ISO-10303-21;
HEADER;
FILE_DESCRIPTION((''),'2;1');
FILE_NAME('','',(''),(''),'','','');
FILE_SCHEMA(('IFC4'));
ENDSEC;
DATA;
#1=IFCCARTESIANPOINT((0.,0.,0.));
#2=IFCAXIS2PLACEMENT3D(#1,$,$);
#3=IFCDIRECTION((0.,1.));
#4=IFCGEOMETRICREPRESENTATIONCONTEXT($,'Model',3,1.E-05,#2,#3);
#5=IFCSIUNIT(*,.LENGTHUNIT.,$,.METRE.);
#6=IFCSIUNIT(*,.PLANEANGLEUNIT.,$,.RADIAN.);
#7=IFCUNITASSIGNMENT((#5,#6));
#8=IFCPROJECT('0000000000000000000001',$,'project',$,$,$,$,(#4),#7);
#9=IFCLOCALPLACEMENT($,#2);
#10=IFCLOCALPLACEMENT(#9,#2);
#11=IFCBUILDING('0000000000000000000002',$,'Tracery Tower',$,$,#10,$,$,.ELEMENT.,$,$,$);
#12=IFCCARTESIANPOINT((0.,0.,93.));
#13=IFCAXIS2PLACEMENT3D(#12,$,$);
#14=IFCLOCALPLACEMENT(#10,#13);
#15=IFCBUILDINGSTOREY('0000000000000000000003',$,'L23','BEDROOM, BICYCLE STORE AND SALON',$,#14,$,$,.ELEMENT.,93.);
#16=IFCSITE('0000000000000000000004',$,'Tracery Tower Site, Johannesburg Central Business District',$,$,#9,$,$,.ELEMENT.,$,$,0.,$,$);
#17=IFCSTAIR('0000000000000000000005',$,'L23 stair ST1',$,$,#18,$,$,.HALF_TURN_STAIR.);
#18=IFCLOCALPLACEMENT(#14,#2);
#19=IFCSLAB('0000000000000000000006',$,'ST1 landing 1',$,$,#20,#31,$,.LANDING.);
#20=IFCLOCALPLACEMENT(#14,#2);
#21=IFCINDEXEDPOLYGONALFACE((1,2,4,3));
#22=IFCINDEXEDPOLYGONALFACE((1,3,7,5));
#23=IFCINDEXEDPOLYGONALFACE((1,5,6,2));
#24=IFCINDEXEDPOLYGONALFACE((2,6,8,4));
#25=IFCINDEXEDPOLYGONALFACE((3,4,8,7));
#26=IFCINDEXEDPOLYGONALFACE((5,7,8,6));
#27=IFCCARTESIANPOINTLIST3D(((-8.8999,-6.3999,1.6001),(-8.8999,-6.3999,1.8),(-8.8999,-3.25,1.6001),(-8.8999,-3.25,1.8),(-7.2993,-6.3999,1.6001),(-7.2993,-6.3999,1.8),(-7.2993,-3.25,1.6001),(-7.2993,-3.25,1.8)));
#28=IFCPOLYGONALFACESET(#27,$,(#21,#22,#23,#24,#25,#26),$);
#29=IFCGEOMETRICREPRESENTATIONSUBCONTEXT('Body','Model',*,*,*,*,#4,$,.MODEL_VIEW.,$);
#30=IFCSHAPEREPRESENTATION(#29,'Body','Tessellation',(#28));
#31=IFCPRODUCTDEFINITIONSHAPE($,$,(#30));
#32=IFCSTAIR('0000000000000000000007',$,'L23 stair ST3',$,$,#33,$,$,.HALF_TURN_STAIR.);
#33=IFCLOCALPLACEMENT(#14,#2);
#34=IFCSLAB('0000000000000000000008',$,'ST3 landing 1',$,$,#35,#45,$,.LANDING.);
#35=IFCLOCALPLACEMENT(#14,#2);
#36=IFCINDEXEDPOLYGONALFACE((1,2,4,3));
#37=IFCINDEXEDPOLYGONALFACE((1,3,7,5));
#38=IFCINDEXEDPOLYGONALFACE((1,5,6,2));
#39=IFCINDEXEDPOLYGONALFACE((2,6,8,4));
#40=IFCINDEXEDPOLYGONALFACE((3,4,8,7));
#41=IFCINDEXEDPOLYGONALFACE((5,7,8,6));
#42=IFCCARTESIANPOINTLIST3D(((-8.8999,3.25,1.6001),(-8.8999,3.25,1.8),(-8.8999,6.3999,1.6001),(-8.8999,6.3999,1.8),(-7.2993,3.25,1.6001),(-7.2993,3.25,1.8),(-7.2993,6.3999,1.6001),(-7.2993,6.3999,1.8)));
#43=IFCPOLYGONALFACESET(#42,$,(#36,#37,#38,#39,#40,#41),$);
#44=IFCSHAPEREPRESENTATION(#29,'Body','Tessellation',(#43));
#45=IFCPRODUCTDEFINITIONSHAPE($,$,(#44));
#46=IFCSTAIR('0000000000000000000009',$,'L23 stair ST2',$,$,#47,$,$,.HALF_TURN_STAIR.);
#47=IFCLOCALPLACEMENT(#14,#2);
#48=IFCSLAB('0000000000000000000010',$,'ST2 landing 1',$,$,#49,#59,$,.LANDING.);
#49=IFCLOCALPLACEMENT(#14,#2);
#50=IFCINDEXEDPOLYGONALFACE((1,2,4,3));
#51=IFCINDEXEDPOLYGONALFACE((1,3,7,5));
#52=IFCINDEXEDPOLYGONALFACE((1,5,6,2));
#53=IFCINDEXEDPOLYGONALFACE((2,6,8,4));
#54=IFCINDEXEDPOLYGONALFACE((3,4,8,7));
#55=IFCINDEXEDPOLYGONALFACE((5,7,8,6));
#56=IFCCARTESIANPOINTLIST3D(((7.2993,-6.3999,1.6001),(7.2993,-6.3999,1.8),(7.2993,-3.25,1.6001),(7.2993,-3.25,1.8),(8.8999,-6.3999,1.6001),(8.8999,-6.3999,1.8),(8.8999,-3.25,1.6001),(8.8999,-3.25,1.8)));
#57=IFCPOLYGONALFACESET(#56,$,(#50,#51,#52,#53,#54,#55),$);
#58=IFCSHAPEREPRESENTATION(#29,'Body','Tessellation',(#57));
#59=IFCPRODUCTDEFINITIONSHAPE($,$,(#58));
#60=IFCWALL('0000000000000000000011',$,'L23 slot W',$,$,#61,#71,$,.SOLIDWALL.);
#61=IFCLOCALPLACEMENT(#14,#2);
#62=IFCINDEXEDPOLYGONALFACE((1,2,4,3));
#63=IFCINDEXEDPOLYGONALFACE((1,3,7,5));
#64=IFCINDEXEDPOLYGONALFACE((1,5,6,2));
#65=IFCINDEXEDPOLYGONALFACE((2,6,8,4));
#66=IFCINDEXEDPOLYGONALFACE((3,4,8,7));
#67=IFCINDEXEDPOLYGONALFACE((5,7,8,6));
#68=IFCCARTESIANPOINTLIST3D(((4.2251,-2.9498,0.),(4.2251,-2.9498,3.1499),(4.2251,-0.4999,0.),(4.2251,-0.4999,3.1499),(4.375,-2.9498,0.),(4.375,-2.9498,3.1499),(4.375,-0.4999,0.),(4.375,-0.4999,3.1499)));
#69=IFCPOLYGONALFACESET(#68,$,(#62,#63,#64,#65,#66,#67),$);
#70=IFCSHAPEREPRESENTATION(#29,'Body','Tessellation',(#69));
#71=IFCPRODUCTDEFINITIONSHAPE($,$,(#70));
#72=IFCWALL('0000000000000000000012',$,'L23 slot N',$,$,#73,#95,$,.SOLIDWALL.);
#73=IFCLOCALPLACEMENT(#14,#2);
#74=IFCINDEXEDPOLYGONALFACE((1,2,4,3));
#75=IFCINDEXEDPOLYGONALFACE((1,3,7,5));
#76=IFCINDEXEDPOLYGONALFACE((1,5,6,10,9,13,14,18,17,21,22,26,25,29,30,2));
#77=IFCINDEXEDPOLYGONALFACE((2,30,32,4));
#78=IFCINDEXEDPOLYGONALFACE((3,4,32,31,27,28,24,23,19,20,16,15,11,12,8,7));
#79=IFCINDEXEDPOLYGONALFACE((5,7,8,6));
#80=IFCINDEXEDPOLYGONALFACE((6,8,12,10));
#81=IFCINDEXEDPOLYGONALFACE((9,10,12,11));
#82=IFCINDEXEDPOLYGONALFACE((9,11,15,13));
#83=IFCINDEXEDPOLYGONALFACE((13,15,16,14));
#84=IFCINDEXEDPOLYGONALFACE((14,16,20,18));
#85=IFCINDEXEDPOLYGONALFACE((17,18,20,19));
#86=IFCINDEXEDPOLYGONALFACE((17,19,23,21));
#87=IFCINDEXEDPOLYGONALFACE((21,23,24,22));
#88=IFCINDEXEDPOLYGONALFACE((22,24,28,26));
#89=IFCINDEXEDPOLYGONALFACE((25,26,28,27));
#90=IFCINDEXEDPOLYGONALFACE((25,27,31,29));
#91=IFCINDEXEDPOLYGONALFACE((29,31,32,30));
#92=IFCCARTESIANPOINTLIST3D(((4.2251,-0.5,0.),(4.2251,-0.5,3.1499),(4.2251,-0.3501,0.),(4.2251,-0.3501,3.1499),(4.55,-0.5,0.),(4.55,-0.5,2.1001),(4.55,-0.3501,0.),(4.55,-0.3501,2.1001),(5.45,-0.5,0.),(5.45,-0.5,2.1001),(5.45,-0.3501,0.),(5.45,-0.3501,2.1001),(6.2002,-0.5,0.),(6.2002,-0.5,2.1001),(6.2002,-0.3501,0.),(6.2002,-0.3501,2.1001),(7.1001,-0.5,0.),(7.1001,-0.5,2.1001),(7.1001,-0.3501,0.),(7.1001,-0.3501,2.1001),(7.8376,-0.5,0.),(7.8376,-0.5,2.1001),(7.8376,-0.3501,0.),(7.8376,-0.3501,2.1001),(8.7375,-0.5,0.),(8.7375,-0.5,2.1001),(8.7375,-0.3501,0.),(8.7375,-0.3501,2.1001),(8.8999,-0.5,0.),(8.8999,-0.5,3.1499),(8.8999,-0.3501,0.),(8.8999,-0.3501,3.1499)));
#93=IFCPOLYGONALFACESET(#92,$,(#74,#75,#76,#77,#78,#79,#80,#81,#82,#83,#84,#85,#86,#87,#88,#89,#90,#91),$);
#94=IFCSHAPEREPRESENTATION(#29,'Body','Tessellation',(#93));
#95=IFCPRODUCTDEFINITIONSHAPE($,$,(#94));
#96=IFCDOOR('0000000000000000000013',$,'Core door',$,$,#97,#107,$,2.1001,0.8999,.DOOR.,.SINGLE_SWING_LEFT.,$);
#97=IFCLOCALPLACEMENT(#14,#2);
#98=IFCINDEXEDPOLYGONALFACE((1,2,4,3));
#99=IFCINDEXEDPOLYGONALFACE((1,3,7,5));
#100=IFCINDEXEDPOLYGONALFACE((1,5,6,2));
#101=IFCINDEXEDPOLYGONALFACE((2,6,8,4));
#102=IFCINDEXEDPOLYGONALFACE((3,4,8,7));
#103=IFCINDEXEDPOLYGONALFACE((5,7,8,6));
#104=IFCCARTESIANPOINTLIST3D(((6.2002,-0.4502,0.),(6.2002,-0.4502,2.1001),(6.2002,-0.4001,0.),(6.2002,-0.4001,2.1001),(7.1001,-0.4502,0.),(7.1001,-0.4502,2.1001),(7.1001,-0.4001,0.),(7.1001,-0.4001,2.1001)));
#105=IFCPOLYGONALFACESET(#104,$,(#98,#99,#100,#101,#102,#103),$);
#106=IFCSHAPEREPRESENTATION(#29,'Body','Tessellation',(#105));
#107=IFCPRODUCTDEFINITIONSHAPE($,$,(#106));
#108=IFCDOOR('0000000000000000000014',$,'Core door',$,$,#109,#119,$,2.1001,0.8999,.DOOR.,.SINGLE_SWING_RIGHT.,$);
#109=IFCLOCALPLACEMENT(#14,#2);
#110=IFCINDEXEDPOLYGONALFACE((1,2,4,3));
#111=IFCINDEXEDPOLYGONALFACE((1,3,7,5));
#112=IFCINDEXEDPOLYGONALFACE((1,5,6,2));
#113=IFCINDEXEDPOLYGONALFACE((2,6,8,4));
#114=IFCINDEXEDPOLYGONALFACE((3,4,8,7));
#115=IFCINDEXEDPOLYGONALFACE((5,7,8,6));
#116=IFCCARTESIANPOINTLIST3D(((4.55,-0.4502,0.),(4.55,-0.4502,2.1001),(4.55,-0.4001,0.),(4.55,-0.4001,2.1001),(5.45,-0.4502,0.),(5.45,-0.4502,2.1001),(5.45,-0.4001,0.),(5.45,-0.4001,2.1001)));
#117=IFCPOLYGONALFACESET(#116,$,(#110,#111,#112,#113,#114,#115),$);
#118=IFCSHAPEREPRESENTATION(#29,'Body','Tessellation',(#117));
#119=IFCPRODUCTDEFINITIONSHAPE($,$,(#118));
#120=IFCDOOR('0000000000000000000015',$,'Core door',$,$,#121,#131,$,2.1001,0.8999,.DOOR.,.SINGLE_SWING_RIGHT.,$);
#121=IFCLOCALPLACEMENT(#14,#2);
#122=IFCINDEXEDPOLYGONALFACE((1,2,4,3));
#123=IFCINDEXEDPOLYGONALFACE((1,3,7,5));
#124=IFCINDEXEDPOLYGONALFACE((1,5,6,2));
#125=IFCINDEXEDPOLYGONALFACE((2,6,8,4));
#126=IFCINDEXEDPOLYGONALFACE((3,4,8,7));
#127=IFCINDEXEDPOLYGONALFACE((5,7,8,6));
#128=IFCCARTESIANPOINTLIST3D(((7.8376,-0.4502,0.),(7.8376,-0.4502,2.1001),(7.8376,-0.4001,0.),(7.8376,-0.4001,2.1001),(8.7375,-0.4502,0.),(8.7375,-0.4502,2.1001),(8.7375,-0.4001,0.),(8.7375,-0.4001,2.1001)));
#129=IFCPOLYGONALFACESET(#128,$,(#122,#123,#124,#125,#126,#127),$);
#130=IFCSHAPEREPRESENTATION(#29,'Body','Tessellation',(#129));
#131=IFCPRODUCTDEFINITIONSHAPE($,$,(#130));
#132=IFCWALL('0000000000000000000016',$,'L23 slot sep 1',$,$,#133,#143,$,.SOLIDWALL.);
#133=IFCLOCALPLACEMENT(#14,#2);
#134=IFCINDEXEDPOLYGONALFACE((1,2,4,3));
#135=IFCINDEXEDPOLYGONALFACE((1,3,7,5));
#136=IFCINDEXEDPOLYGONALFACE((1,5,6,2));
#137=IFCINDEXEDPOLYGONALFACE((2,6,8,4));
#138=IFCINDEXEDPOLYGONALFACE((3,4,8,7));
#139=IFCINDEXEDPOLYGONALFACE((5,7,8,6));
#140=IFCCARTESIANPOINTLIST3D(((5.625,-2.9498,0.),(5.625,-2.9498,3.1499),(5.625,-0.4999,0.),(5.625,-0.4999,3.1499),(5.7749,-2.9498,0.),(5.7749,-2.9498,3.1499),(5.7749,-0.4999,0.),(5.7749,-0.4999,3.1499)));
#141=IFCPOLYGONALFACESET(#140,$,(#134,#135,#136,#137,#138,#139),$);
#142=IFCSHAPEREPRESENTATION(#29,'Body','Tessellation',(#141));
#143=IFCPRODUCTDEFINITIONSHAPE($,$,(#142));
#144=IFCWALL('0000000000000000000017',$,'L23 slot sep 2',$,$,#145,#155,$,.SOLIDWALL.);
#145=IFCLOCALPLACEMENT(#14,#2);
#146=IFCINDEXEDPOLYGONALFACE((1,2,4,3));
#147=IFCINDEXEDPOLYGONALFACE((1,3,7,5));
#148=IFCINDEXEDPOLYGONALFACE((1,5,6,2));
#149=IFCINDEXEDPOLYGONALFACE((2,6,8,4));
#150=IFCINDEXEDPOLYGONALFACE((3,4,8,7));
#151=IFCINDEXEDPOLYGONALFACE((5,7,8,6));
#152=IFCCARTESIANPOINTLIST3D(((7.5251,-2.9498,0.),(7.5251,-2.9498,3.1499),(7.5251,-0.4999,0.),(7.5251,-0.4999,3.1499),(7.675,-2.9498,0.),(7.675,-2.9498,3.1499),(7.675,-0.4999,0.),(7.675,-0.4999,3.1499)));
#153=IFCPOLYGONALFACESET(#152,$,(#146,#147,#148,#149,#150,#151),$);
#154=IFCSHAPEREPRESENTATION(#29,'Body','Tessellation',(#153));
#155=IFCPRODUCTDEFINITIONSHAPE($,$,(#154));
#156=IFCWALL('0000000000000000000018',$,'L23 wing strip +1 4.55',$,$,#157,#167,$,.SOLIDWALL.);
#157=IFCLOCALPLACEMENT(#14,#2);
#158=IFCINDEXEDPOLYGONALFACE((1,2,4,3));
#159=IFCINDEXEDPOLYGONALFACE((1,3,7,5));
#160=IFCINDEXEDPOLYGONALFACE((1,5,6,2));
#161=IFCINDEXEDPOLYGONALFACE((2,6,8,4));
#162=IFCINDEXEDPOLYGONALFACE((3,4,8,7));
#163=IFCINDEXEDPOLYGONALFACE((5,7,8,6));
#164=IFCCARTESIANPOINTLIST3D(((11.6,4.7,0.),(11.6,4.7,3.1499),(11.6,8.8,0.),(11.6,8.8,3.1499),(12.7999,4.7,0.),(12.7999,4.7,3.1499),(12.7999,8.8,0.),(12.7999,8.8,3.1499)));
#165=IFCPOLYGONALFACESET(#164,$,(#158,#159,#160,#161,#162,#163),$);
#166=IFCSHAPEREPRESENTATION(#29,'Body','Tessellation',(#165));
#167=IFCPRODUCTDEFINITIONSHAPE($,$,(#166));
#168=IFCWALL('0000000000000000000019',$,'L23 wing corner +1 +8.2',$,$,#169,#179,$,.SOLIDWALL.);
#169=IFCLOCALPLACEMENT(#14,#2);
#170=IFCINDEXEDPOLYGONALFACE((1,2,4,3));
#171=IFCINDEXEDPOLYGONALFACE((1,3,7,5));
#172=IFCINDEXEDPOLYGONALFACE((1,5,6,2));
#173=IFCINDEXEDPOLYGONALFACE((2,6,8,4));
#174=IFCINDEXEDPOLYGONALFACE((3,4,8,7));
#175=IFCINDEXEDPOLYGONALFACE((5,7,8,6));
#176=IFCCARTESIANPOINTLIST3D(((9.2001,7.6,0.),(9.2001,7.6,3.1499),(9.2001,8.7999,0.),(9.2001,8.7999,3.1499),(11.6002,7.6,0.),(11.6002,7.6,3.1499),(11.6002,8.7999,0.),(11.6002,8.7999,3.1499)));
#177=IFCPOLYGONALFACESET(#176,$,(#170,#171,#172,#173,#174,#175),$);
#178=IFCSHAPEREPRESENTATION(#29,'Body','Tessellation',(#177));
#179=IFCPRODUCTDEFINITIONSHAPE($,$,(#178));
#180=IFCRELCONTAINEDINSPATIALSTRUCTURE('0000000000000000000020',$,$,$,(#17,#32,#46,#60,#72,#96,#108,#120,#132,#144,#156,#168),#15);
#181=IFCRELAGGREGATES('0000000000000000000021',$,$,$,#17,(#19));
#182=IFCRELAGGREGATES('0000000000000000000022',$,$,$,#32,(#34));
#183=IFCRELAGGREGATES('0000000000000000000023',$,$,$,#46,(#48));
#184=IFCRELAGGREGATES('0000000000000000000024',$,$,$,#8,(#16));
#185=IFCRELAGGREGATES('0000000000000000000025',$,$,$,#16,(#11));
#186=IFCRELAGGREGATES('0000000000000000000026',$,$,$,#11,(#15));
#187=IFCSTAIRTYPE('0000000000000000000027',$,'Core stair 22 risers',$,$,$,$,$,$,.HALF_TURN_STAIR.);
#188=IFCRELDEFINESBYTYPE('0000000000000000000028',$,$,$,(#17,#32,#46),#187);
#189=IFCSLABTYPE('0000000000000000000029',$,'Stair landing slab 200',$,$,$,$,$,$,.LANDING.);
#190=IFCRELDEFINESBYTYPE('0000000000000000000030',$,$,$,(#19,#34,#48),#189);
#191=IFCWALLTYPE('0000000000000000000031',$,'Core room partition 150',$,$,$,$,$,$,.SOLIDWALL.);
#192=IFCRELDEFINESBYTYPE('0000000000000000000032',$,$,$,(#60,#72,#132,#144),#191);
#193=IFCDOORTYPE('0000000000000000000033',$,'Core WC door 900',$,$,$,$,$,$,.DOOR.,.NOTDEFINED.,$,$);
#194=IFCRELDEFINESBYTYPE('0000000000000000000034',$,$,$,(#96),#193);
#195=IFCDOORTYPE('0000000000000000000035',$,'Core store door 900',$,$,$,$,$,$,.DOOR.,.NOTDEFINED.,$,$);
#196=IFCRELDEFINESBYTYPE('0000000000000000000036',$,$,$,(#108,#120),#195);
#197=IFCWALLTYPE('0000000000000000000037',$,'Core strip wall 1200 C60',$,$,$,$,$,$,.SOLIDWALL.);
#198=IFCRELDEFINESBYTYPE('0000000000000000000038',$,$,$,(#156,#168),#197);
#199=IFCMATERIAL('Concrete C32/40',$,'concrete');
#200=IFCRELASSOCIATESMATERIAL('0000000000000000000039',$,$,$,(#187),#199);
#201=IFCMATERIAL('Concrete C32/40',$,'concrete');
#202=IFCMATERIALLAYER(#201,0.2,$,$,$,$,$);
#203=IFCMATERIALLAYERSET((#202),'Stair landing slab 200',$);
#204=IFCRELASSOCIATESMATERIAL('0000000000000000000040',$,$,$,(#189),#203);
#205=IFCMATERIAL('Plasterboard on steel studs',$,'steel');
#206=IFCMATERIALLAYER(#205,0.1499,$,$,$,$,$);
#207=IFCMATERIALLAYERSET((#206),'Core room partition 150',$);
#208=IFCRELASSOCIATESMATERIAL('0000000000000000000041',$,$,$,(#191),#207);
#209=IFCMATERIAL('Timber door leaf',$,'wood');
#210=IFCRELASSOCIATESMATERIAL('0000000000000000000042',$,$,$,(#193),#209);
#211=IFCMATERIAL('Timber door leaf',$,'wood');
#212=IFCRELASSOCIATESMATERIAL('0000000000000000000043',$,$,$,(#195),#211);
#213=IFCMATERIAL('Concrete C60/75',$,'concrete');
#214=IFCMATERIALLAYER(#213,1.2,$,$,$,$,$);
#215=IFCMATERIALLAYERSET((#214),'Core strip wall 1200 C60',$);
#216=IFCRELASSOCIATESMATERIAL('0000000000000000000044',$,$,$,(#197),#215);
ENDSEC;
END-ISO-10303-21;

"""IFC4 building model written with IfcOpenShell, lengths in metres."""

from ifc_helpers import new_model, si_unit, direction, frame, frame_2d, origin, place, context, subcontext, project, spatial, polyline, rectangle, outline, extrude, material, layer, layer_set, type_object, element, fill, aggregate, save


model = new_model("IFC4")

# Units and contexts
model_context = context("Model", 3, precision=1e-05, world=origin(), true_north=direction((0.0, 1.0)))
body_context = subcontext(model_context, "Body", "Model", "MODEL_VIEW")
ifc_project = project(units=[si_unit("LENGTHUNIT", "METRE"), si_unit("PLANEANGLEUNIT", "RADIAN")], contexts=[model_context])

# Site, building, storey
site_placement = place(None, origin())
site = spatial("IfcSite", under=ifc_project, at=site_placement, Name="Tracery Tower Site, Johannesburg Central Business District", CompositionType="ELEMENT", RefElevation=0.0)
building_placement = place(site_placement, origin())
building = spatial("IfcBuilding", under=site, at=building_placement, Name="Tracery Tower", CompositionType="ELEMENT")
storey_placement = place(building_placement, frame((0.0, 0.0, 93.0)))
storey = spatial("IfcBuildingStorey", under=building, at=storey_placement, Name="L23", Description="BEDROOM, BICYCLE STORE AND SALON", CompositionType="ELEMENT", Elevation=93.0)

# Stairs, slabs
ifc_material_1 = material(Name="Concrete C32/40", Category="concrete")
stair_type = type_object("IfcStairType", Name="Core stair 22 risers", PredefinedType="HALF_TURN_STAIR", material=ifc_material_1)
stair_1_placement = place(storey_placement, origin())
stair_1 = element("IfcStair", 1, at=stair_1_placement, inside=storey, type_object=stair_type, Name="L23 stair ST1", PredefinedType="HALF_TURN_STAIR")
ifc_material_2 = material(Name="Concrete C32/40", Category="concrete")
ifc_layer_1 = layer(ifc_material_2, 0.2)
ifc_layer_set_1 = layer_set([ifc_layer_1], Name="Stair landing slab 200")
slab_type_1 = type_object("IfcSlabType", Name="Stair landing slab 200", PredefinedType="LANDING", material=ifc_layer_set_1)
slab_1_placement = place(storey_placement, frame((0.0, 0.0, 1.6001)))
slab_1 = element("IfcSlab", 2, at=slab_1_placement, type_object=slab_type_1, Name="ST1 landing 1", PredefinedType="LANDING", context=body_context, shape_type="SweptSolid", body=[
    extrude(outline(polyline([(-7.2993, -3.25), (-8.8999, -3.25), (-8.8999, -6.3999), (-7.2993, -6.3999), (-7.2993, -3.25)])), origin(), (0.0, 0.0, 1.0), 0.2),
])
aggregate(stair_1, [slab_1])
stair_2_placement = place(storey_placement, origin())
stair_2 = element("IfcStair", 3, at=stair_2_placement, inside=storey, type_object=stair_type, Name="L23 stair ST3", PredefinedType="HALF_TURN_STAIR")
slab_2_placement = place(storey_placement, frame((0.0, 0.0, 1.6001)))
slab_2 = element("IfcSlab", 4, at=slab_2_placement, type_object=slab_type_1, Name="ST3 landing 1", PredefinedType="LANDING", context=body_context, shape_type="SweptSolid", body=[
    extrude(outline(polyline([(-7.2993, 6.3999), (-8.8999, 6.3999), (-8.8999, 3.25), (-7.2993, 3.25), (-7.2993, 6.3999)])), origin(), (0.0, 0.0, 1.0), 0.2),
])
aggregate(stair_2, [slab_2])
stair_3_placement = place(storey_placement, origin())
stair_3 = element("IfcStair", 5, at=stair_3_placement, inside=storey, type_object=stair_type, Name="L23 stair ST2", PredefinedType="HALF_TURN_STAIR")
slab_3_placement = place(storey_placement, frame((0.0, 0.0, 1.6001)))
slab_3 = element("IfcSlab", 6, at=slab_3_placement, type_object=slab_type_1, Name="ST2 landing 1", PredefinedType="LANDING", context=body_context, shape_type="SweptSolid", body=[
    extrude(outline(polyline([(7.2993, -6.3999), (8.8999, -6.3999), (8.8999, -3.25), (7.2993, -3.25), (7.2993, -6.3999)])), origin(), (0.0, 0.0, 1.0), 0.2),
])
aggregate(stair_3, [slab_3])

# Wall
ifc_material_3 = material(Name="Plasterboard on steel studs", Category="steel")
ifc_layer_2 = layer(ifc_material_3, 0.1499)
ifc_layer_set_2 = layer_set([ifc_layer_2], Name="Core room partition 150")
wall_type_1 = type_object("IfcWallType", Name="Core room partition 150", PredefinedType="SOLIDWALL", material=ifc_layer_set_2)
wall_1_placement = place(storey_placement, frame((4.3, -2.95, 0.0), z_axis=(0.0, 0.0, 1.0), x_axis=(0.0, 1.0, 0.0)))
element("IfcWall", 7, at=wall_1_placement, inside=storey, type_object=wall_type_1, Name="L23 slot W", PredefinedType="SOLIDWALL", context=body_context, shape_type="SweptSolid", body=[
    extrude(rectangle(XDim=2.45, YDim=0.1499, at=frame_2d((1.2251, 0.0))), origin(), (0.0, 0.0, 1.0), 3.1499),
])

# Wall, openings, doors
wall_2_placement = place(storey_placement, frame((4.2251, -0.425, 0.0), z_axis=(0.0, 0.0, 1.0), x_axis=(1.0, 0.0, 0.0)))
wall_2 = element("IfcWall", 8, at=wall_2_placement, inside=storey, type_object=wall_type_1, Name="L23 slot N", PredefinedType="SOLIDWALL", context=body_context, shape_type="SweptSolid", body=[
    extrude(rectangle(XDim=4.6748, YDim=0.1499, at=frame_2d((2.3374, 0.0))), origin(), (0.0, 0.0, 1.0), 3.1499),
])
opening_1_placement = place(wall_2_placement, frame((0.325, 0.0, 0.0)))
opening_1 = element("IfcOpeningElement", 9, at=opening_1_placement, cuts=wall_2, PredefinedType="OPENING", context=body_context, shape_type="SweptSolid", body=[
    extrude(rectangle(XDim=0.8999, YDim=2.1001, at=frame_2d((0.45, 1.05))), frame((0.0, 0.075, 0.0), z_axis=(0.0, -1.0, 0.0), x_axis=(1.0, 0.0, 0.0)), (0.0, 0.0, 1.0), 0.1499),
])
opening_2_placement = place(wall_2_placement, frame((1.9751, 0.0, 0.0)))
opening_2 = element("IfcOpeningElement", 10, at=opening_2_placement, cuts=wall_2, PredefinedType="OPENING", context=body_context, shape_type="SweptSolid", body=[
    extrude(rectangle(XDim=0.8999, YDim=2.1001, at=frame_2d((0.45, 1.05))), frame((0.0, 0.075, 0.0), z_axis=(0.0, -1.0, 0.0), x_axis=(1.0, 0.0, 0.0)), (0.0, 0.0, 1.0), 0.1499),
])
opening_3_placement = place(wall_2_placement, frame((3.6125, 0.0, 0.0)))
opening_3 = element("IfcOpeningElement", 11, at=opening_3_placement, cuts=wall_2, PredefinedType="OPENING", context=body_context, shape_type="SweptSolid", body=[
    extrude(rectangle(XDim=0.8999, YDim=2.1001, at=frame_2d((0.45, 1.05))), frame((0.0, 0.075, 0.0), z_axis=(0.0, -1.0, 0.0), x_axis=(1.0, 0.0, 0.0)), (0.0, 0.0, 1.0), 0.1499),
])
ifc_material_4 = material(Name="Timber door leaf", Category="wood")
door_type_1 = type_object("IfcDoorType", Name="Core WC door 900", OperationType="NOTDEFINED", PredefinedType="DOOR", material=ifc_material_4)
door_1_placement = place(opening_2_placement, origin())
door_1 = element("IfcDoor", 12, at=door_1_placement, inside=storey, type_object=door_type_1, Name="Core door", OperationType="SINGLE_SWING_LEFT", OverallHeight=2.1001, OverallWidth=0.8999, PredefinedType="DOOR", context=body_context, shape_type="SweptSolid", body=[
    extrude(rectangle(XDim=0.8999, YDim=2.1001, at=frame_2d((0.45, 1.05))), frame((0.0, 0.0249, 0.0), z_axis=(0.0, -1.0, 0.0), x_axis=(1.0, 0.0, 0.0)), (0.0, 0.0, 1.0), 0.05),
])
fill(opening_2, door_1)
ifc_material_5 = material(Name="Timber door leaf", Category="wood")
door_type_2 = type_object("IfcDoorType", Name="Core store door 900", OperationType="NOTDEFINED", PredefinedType="DOOR", material=ifc_material_5)
door_2_placement = place(opening_1_placement, origin())
door_2 = element("IfcDoor", 13, at=door_2_placement, inside=storey, type_object=door_type_2, Name="Core door", OperationType="SINGLE_SWING_RIGHT", OverallHeight=2.1001, OverallWidth=0.8999, PredefinedType="DOOR", context=body_context, shape_type="SweptSolid", body=[
    extrude(rectangle(XDim=0.8999, YDim=2.1001, at=frame_2d((0.45, 1.05))), frame((0.0, 0.0249, 0.0), z_axis=(0.0, -1.0, 0.0), x_axis=(1.0, 0.0, 0.0)), (0.0, 0.0, 1.0), 0.05),
])
fill(opening_1, door_2)
door_3_placement = place(opening_3_placement, origin())
door_3 = element("IfcDoor", 14, at=door_3_placement, inside=storey, type_object=door_type_2, Name="Core door", OperationType="SINGLE_SWING_RIGHT", OverallHeight=2.1001, OverallWidth=0.8999, PredefinedType="DOOR", context=body_context, shape_type="SweptSolid", body=[
    extrude(rectangle(XDim=0.8999, YDim=2.1001, at=frame_2d((0.45, 1.05))), frame((0.0, 0.0249, 0.0), z_axis=(0.0, -1.0, 0.0), x_axis=(1.0, 0.0, 0.0)), (0.0, 0.0, 1.0), 0.05),
])
fill(opening_3, door_3)

# Walls
for number, where, z_axis, x_axis, name in (
    (15, (5.7, -2.95, 0.0), (0.0, 0.0, 1.0), (0.0, 1.0, 0.0), "L23 slot sep 1"),
    (16, (7.6001, -2.95, 0.0), (0.0, 0.0, 1.0), (0.0, 1.0, 0.0), "L23 slot sep 2"),
):
    element("IfcWall", number, at=place(storey_placement, frame(where, z_axis=z_axis, x_axis=x_axis)), inside=storey, type_object=wall_type_1, Name=name, PredefinedType="SOLIDWALL", context=body_context, shape_type="SweptSolid", body=[
        extrude(rectangle(XDim=2.45, YDim=0.1499, at=frame_2d((1.2251, 0.0))), origin(), (0.0, 0.0, 1.0), 3.1499),
    ])
ifc_material_6 = material(Name="Concrete C60/75", Category="concrete")
ifc_layer_3 = layer(ifc_material_6, 1.2)
ifc_layer_set_3 = layer_set([ifc_layer_3], Name="Core strip wall 1200 C60")
wall_type_2 = type_object("IfcWallType", Name="Core strip wall 1200 C60", PredefinedType="SOLIDWALL", material=ifc_layer_set_3)
wall_3_placement = place(storey_placement, frame((12.2, 4.7, 0.0), z_axis=(0.0, 0.0, 1.0), x_axis=(0.0, 1.0, 0.0)))
element("IfcWall", 17, at=wall_3_placement, inside=storey, type_object=wall_type_2, Name="L23 wing strip +1 4.55", PredefinedType="SOLIDWALL", context=body_context, shape_type="SweptSolid", body=[
    extrude(rectangle(XDim=4.1001, YDim=1.2, at=frame_2d((2.05, 0.0))), origin(), (0.0, 0.0, 1.0), 3.1499),
])
wall_4_placement = place(storey_placement, frame((9.2, 8.2, 0.0), z_axis=(0.0, 0.0, 1.0), x_axis=(1.0, 0.0, 0.0)))
element("IfcWall", 18, at=wall_4_placement, inside=storey, type_object=wall_type_2, Name="L23 wing corner +1 +8.2", PredefinedType="SOLIDWALL", context=body_context, shape_type="SweptSolid", body=[
    extrude(rectangle(XDim=2.4001, YDim=1.2, at=frame_2d((1.2002, 0.0))), origin(), (0.0, 0.0, 1.0), 3.1499),
])

save(model, "model.ifc")
